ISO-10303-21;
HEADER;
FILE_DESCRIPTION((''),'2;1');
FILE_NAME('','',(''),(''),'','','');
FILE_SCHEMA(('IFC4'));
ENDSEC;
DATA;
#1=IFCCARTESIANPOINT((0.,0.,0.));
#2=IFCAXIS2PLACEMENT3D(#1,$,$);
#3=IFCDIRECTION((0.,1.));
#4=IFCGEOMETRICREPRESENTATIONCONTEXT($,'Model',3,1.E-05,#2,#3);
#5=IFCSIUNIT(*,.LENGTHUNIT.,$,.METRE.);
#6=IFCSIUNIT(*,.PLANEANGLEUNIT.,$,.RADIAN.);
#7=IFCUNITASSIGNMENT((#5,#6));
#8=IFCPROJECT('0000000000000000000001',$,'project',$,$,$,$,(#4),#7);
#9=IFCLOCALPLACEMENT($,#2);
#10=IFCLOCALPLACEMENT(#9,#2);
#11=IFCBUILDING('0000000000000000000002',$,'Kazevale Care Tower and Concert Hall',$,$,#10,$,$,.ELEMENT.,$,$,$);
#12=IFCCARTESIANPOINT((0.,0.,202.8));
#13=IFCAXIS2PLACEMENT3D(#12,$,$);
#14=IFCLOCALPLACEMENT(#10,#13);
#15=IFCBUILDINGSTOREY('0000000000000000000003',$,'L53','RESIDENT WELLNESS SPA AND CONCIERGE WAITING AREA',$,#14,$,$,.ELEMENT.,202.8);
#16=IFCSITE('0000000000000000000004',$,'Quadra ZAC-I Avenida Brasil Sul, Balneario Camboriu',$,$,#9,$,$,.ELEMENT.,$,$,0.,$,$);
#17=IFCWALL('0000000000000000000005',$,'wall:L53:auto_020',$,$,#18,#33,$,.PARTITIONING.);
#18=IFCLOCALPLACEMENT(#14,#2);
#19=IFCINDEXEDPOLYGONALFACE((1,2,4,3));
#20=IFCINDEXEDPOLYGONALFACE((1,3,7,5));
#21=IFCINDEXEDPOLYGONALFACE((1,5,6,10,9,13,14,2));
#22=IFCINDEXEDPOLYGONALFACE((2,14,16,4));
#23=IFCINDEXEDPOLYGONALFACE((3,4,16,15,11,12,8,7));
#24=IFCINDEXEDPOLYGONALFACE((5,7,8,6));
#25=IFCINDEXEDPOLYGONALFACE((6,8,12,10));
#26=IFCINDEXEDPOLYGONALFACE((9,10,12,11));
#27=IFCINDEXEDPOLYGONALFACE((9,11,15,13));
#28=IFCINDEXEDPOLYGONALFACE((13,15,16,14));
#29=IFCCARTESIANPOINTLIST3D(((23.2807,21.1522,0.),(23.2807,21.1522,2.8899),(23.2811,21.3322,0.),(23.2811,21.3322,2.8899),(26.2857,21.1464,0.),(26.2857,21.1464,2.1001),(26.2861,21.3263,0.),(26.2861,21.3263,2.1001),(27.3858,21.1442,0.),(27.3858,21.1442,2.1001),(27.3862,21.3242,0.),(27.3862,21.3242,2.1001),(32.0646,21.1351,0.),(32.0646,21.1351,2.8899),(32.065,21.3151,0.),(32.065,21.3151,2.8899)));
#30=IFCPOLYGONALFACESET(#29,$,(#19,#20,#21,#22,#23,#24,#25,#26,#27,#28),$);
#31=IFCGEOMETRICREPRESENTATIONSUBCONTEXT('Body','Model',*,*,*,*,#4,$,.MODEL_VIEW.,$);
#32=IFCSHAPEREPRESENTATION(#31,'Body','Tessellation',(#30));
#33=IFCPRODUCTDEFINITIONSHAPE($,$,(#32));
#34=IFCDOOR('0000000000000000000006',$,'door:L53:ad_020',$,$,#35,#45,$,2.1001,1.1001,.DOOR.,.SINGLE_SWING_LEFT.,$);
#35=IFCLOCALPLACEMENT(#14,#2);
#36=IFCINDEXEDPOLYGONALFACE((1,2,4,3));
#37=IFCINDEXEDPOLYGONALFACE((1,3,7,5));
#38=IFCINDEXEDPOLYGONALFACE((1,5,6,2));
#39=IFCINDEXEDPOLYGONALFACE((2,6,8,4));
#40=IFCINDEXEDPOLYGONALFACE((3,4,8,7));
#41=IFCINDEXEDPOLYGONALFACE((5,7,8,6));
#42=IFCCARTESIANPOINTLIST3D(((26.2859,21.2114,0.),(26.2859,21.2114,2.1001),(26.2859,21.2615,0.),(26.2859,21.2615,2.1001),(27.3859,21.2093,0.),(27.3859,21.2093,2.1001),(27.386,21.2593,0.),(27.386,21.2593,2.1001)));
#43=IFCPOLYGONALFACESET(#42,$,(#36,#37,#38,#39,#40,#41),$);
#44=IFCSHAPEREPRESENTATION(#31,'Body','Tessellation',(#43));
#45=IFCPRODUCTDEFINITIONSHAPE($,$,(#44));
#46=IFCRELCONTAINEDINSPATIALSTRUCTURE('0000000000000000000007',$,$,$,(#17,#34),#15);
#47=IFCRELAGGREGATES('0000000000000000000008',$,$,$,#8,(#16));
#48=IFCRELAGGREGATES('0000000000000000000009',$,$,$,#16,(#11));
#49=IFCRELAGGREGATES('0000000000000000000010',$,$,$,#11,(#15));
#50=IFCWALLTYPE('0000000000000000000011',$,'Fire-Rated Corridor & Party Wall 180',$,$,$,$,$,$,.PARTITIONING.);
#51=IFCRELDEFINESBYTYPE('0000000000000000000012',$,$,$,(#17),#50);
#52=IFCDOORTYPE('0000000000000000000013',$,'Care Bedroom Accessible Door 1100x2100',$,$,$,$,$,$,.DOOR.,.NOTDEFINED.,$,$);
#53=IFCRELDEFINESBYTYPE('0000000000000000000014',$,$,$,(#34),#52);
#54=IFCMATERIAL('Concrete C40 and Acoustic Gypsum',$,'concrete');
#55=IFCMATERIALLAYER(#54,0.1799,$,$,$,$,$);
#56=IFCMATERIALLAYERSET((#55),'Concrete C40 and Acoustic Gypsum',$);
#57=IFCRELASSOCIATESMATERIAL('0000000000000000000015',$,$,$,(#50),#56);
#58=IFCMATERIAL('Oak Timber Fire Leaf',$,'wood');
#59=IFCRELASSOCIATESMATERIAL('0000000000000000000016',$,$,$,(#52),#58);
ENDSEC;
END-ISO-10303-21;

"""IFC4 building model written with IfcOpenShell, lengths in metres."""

from ifc_helpers import new_model, si_unit, direction, frame, frame_2d, origin, place, context, subcontext, project, spatial, rectangle, extrude, material, layer, layer_set, type_object, element, fill, save


model = new_model("IFC4")

# Units and contexts
model_context = context("Model", 3, precision=1e-05, world=origin(), true_north=direction((0.0, 1.0)))
body_context = subcontext(model_context, "Body", "Model", "MODEL_VIEW")
ifc_project = project(units=[si_unit("LENGTHUNIT", "METRE"), si_unit("PLANEANGLEUNIT", "RADIAN")], contexts=[model_context])

# Site, building, storey
site_placement = place(None, origin())
site = spatial("IfcSite", under=ifc_project, at=site_placement, Name="Quadra ZAC-I Avenida Brasil Sul, Balneario Camboriu", CompositionType="ELEMENT", RefElevation=0.0)
building_placement = place(site_placement, origin())
building = spatial("IfcBuilding", under=site, at=building_placement, Name="Kazevale Care Tower and Concert Hall", CompositionType="ELEMENT")
storey_placement = place(building_placement, frame((0.0, 0.0, 202.8)))
storey = spatial("IfcBuildingStorey", under=building, at=storey_placement, Name="L53", Description="RESIDENT WELLNESS SPA AND CONCIERGE WAITING AREA", CompositionType="ELEMENT", Elevation=202.8)

# Wall, opening, door
ifc_material_1 = material(Name="Concrete C40 and Acoustic Gypsum", Category="concrete")
ifc_layer_1 = layer(ifc_material_1, 0.1799)
ifc_layer_set_1 = layer_set([ifc_layer_1], Name="Concrete C40 and Acoustic Gypsum")
wall_type_1 = type_object("IfcWallType", Name="Fire-Rated Corridor & Party Wall 180", PredefinedType="PARTITIONING", material=ifc_layer_set_1)
wall_1_placement = place(storey_placement, frame((32.0649, 21.2251, 0.0), z_axis=(0.0, 0.0, 1.0), x_axis=(-0.999998, 0.001946, 0.0)))
wall_1 = element("IfcWall", 1, at=wall_1_placement, inside=storey, type_object=wall_type_1, Name="wall:L53:auto_020", PredefinedType="PARTITIONING", context=body_context, shape_type="SweptSolid", body=[
    extrude(rectangle(XDim=8.7839, YDim=0.1799, at=frame_2d((4.3921, 0.0))), origin(), (0.0, 0.0, 1.0), 2.8899),
])
opening_placement = place(wall_1_placement, frame((4.679, 0.0, 0.0)))
opening = element("IfcOpeningElement", 2, at=opening_placement, cuts=wall_1, PredefinedType="OPENING", context=body_context, shape_type="SweptSolid", body=[
    extrude(rectangle(XDim=1.1001, YDim=2.1001, at=frame_2d((0.55, 1.05))), frame((0.0, 0.0999, 0.0), z_axis=(0.0, -1.0, 0.0), x_axis=(1.0, 0.0, 0.0)), (0.0, 0.0, 1.0), 0.2),
])
ifc_material_2 = material(Name="Oak Timber Fire Leaf", Category="wood")
door_type = type_object("IfcDoorType", Name="Care Bedroom Accessible Door 1100x2100", OperationType="NOTDEFINED", PredefinedType="DOOR", material=ifc_material_2)
door_placement = place(opening_placement, origin())
door = element("IfcDoor", 3, at=door_placement, inside=storey, type_object=door_type, Name="door:L53:ad_020", OperationType="SINGLE_SWING_LEFT", OverallHeight=2.1001, OverallWidth=1.1001, PredefinedType="DOOR", context=body_context, shape_type="SweptSolid", body=[
    extrude(rectangle(XDim=1.1001, YDim=2.1001, at=frame_2d((0.55, 1.05))), frame((0.0, 0.0249, 0.0), z_axis=(0.0, -1.0, 0.0), x_axis=(1.0, 0.0, 0.0)), (0.0, 0.0, 1.0), 0.05),
])
fill(opening, door)

save(model, "model.ifc")
